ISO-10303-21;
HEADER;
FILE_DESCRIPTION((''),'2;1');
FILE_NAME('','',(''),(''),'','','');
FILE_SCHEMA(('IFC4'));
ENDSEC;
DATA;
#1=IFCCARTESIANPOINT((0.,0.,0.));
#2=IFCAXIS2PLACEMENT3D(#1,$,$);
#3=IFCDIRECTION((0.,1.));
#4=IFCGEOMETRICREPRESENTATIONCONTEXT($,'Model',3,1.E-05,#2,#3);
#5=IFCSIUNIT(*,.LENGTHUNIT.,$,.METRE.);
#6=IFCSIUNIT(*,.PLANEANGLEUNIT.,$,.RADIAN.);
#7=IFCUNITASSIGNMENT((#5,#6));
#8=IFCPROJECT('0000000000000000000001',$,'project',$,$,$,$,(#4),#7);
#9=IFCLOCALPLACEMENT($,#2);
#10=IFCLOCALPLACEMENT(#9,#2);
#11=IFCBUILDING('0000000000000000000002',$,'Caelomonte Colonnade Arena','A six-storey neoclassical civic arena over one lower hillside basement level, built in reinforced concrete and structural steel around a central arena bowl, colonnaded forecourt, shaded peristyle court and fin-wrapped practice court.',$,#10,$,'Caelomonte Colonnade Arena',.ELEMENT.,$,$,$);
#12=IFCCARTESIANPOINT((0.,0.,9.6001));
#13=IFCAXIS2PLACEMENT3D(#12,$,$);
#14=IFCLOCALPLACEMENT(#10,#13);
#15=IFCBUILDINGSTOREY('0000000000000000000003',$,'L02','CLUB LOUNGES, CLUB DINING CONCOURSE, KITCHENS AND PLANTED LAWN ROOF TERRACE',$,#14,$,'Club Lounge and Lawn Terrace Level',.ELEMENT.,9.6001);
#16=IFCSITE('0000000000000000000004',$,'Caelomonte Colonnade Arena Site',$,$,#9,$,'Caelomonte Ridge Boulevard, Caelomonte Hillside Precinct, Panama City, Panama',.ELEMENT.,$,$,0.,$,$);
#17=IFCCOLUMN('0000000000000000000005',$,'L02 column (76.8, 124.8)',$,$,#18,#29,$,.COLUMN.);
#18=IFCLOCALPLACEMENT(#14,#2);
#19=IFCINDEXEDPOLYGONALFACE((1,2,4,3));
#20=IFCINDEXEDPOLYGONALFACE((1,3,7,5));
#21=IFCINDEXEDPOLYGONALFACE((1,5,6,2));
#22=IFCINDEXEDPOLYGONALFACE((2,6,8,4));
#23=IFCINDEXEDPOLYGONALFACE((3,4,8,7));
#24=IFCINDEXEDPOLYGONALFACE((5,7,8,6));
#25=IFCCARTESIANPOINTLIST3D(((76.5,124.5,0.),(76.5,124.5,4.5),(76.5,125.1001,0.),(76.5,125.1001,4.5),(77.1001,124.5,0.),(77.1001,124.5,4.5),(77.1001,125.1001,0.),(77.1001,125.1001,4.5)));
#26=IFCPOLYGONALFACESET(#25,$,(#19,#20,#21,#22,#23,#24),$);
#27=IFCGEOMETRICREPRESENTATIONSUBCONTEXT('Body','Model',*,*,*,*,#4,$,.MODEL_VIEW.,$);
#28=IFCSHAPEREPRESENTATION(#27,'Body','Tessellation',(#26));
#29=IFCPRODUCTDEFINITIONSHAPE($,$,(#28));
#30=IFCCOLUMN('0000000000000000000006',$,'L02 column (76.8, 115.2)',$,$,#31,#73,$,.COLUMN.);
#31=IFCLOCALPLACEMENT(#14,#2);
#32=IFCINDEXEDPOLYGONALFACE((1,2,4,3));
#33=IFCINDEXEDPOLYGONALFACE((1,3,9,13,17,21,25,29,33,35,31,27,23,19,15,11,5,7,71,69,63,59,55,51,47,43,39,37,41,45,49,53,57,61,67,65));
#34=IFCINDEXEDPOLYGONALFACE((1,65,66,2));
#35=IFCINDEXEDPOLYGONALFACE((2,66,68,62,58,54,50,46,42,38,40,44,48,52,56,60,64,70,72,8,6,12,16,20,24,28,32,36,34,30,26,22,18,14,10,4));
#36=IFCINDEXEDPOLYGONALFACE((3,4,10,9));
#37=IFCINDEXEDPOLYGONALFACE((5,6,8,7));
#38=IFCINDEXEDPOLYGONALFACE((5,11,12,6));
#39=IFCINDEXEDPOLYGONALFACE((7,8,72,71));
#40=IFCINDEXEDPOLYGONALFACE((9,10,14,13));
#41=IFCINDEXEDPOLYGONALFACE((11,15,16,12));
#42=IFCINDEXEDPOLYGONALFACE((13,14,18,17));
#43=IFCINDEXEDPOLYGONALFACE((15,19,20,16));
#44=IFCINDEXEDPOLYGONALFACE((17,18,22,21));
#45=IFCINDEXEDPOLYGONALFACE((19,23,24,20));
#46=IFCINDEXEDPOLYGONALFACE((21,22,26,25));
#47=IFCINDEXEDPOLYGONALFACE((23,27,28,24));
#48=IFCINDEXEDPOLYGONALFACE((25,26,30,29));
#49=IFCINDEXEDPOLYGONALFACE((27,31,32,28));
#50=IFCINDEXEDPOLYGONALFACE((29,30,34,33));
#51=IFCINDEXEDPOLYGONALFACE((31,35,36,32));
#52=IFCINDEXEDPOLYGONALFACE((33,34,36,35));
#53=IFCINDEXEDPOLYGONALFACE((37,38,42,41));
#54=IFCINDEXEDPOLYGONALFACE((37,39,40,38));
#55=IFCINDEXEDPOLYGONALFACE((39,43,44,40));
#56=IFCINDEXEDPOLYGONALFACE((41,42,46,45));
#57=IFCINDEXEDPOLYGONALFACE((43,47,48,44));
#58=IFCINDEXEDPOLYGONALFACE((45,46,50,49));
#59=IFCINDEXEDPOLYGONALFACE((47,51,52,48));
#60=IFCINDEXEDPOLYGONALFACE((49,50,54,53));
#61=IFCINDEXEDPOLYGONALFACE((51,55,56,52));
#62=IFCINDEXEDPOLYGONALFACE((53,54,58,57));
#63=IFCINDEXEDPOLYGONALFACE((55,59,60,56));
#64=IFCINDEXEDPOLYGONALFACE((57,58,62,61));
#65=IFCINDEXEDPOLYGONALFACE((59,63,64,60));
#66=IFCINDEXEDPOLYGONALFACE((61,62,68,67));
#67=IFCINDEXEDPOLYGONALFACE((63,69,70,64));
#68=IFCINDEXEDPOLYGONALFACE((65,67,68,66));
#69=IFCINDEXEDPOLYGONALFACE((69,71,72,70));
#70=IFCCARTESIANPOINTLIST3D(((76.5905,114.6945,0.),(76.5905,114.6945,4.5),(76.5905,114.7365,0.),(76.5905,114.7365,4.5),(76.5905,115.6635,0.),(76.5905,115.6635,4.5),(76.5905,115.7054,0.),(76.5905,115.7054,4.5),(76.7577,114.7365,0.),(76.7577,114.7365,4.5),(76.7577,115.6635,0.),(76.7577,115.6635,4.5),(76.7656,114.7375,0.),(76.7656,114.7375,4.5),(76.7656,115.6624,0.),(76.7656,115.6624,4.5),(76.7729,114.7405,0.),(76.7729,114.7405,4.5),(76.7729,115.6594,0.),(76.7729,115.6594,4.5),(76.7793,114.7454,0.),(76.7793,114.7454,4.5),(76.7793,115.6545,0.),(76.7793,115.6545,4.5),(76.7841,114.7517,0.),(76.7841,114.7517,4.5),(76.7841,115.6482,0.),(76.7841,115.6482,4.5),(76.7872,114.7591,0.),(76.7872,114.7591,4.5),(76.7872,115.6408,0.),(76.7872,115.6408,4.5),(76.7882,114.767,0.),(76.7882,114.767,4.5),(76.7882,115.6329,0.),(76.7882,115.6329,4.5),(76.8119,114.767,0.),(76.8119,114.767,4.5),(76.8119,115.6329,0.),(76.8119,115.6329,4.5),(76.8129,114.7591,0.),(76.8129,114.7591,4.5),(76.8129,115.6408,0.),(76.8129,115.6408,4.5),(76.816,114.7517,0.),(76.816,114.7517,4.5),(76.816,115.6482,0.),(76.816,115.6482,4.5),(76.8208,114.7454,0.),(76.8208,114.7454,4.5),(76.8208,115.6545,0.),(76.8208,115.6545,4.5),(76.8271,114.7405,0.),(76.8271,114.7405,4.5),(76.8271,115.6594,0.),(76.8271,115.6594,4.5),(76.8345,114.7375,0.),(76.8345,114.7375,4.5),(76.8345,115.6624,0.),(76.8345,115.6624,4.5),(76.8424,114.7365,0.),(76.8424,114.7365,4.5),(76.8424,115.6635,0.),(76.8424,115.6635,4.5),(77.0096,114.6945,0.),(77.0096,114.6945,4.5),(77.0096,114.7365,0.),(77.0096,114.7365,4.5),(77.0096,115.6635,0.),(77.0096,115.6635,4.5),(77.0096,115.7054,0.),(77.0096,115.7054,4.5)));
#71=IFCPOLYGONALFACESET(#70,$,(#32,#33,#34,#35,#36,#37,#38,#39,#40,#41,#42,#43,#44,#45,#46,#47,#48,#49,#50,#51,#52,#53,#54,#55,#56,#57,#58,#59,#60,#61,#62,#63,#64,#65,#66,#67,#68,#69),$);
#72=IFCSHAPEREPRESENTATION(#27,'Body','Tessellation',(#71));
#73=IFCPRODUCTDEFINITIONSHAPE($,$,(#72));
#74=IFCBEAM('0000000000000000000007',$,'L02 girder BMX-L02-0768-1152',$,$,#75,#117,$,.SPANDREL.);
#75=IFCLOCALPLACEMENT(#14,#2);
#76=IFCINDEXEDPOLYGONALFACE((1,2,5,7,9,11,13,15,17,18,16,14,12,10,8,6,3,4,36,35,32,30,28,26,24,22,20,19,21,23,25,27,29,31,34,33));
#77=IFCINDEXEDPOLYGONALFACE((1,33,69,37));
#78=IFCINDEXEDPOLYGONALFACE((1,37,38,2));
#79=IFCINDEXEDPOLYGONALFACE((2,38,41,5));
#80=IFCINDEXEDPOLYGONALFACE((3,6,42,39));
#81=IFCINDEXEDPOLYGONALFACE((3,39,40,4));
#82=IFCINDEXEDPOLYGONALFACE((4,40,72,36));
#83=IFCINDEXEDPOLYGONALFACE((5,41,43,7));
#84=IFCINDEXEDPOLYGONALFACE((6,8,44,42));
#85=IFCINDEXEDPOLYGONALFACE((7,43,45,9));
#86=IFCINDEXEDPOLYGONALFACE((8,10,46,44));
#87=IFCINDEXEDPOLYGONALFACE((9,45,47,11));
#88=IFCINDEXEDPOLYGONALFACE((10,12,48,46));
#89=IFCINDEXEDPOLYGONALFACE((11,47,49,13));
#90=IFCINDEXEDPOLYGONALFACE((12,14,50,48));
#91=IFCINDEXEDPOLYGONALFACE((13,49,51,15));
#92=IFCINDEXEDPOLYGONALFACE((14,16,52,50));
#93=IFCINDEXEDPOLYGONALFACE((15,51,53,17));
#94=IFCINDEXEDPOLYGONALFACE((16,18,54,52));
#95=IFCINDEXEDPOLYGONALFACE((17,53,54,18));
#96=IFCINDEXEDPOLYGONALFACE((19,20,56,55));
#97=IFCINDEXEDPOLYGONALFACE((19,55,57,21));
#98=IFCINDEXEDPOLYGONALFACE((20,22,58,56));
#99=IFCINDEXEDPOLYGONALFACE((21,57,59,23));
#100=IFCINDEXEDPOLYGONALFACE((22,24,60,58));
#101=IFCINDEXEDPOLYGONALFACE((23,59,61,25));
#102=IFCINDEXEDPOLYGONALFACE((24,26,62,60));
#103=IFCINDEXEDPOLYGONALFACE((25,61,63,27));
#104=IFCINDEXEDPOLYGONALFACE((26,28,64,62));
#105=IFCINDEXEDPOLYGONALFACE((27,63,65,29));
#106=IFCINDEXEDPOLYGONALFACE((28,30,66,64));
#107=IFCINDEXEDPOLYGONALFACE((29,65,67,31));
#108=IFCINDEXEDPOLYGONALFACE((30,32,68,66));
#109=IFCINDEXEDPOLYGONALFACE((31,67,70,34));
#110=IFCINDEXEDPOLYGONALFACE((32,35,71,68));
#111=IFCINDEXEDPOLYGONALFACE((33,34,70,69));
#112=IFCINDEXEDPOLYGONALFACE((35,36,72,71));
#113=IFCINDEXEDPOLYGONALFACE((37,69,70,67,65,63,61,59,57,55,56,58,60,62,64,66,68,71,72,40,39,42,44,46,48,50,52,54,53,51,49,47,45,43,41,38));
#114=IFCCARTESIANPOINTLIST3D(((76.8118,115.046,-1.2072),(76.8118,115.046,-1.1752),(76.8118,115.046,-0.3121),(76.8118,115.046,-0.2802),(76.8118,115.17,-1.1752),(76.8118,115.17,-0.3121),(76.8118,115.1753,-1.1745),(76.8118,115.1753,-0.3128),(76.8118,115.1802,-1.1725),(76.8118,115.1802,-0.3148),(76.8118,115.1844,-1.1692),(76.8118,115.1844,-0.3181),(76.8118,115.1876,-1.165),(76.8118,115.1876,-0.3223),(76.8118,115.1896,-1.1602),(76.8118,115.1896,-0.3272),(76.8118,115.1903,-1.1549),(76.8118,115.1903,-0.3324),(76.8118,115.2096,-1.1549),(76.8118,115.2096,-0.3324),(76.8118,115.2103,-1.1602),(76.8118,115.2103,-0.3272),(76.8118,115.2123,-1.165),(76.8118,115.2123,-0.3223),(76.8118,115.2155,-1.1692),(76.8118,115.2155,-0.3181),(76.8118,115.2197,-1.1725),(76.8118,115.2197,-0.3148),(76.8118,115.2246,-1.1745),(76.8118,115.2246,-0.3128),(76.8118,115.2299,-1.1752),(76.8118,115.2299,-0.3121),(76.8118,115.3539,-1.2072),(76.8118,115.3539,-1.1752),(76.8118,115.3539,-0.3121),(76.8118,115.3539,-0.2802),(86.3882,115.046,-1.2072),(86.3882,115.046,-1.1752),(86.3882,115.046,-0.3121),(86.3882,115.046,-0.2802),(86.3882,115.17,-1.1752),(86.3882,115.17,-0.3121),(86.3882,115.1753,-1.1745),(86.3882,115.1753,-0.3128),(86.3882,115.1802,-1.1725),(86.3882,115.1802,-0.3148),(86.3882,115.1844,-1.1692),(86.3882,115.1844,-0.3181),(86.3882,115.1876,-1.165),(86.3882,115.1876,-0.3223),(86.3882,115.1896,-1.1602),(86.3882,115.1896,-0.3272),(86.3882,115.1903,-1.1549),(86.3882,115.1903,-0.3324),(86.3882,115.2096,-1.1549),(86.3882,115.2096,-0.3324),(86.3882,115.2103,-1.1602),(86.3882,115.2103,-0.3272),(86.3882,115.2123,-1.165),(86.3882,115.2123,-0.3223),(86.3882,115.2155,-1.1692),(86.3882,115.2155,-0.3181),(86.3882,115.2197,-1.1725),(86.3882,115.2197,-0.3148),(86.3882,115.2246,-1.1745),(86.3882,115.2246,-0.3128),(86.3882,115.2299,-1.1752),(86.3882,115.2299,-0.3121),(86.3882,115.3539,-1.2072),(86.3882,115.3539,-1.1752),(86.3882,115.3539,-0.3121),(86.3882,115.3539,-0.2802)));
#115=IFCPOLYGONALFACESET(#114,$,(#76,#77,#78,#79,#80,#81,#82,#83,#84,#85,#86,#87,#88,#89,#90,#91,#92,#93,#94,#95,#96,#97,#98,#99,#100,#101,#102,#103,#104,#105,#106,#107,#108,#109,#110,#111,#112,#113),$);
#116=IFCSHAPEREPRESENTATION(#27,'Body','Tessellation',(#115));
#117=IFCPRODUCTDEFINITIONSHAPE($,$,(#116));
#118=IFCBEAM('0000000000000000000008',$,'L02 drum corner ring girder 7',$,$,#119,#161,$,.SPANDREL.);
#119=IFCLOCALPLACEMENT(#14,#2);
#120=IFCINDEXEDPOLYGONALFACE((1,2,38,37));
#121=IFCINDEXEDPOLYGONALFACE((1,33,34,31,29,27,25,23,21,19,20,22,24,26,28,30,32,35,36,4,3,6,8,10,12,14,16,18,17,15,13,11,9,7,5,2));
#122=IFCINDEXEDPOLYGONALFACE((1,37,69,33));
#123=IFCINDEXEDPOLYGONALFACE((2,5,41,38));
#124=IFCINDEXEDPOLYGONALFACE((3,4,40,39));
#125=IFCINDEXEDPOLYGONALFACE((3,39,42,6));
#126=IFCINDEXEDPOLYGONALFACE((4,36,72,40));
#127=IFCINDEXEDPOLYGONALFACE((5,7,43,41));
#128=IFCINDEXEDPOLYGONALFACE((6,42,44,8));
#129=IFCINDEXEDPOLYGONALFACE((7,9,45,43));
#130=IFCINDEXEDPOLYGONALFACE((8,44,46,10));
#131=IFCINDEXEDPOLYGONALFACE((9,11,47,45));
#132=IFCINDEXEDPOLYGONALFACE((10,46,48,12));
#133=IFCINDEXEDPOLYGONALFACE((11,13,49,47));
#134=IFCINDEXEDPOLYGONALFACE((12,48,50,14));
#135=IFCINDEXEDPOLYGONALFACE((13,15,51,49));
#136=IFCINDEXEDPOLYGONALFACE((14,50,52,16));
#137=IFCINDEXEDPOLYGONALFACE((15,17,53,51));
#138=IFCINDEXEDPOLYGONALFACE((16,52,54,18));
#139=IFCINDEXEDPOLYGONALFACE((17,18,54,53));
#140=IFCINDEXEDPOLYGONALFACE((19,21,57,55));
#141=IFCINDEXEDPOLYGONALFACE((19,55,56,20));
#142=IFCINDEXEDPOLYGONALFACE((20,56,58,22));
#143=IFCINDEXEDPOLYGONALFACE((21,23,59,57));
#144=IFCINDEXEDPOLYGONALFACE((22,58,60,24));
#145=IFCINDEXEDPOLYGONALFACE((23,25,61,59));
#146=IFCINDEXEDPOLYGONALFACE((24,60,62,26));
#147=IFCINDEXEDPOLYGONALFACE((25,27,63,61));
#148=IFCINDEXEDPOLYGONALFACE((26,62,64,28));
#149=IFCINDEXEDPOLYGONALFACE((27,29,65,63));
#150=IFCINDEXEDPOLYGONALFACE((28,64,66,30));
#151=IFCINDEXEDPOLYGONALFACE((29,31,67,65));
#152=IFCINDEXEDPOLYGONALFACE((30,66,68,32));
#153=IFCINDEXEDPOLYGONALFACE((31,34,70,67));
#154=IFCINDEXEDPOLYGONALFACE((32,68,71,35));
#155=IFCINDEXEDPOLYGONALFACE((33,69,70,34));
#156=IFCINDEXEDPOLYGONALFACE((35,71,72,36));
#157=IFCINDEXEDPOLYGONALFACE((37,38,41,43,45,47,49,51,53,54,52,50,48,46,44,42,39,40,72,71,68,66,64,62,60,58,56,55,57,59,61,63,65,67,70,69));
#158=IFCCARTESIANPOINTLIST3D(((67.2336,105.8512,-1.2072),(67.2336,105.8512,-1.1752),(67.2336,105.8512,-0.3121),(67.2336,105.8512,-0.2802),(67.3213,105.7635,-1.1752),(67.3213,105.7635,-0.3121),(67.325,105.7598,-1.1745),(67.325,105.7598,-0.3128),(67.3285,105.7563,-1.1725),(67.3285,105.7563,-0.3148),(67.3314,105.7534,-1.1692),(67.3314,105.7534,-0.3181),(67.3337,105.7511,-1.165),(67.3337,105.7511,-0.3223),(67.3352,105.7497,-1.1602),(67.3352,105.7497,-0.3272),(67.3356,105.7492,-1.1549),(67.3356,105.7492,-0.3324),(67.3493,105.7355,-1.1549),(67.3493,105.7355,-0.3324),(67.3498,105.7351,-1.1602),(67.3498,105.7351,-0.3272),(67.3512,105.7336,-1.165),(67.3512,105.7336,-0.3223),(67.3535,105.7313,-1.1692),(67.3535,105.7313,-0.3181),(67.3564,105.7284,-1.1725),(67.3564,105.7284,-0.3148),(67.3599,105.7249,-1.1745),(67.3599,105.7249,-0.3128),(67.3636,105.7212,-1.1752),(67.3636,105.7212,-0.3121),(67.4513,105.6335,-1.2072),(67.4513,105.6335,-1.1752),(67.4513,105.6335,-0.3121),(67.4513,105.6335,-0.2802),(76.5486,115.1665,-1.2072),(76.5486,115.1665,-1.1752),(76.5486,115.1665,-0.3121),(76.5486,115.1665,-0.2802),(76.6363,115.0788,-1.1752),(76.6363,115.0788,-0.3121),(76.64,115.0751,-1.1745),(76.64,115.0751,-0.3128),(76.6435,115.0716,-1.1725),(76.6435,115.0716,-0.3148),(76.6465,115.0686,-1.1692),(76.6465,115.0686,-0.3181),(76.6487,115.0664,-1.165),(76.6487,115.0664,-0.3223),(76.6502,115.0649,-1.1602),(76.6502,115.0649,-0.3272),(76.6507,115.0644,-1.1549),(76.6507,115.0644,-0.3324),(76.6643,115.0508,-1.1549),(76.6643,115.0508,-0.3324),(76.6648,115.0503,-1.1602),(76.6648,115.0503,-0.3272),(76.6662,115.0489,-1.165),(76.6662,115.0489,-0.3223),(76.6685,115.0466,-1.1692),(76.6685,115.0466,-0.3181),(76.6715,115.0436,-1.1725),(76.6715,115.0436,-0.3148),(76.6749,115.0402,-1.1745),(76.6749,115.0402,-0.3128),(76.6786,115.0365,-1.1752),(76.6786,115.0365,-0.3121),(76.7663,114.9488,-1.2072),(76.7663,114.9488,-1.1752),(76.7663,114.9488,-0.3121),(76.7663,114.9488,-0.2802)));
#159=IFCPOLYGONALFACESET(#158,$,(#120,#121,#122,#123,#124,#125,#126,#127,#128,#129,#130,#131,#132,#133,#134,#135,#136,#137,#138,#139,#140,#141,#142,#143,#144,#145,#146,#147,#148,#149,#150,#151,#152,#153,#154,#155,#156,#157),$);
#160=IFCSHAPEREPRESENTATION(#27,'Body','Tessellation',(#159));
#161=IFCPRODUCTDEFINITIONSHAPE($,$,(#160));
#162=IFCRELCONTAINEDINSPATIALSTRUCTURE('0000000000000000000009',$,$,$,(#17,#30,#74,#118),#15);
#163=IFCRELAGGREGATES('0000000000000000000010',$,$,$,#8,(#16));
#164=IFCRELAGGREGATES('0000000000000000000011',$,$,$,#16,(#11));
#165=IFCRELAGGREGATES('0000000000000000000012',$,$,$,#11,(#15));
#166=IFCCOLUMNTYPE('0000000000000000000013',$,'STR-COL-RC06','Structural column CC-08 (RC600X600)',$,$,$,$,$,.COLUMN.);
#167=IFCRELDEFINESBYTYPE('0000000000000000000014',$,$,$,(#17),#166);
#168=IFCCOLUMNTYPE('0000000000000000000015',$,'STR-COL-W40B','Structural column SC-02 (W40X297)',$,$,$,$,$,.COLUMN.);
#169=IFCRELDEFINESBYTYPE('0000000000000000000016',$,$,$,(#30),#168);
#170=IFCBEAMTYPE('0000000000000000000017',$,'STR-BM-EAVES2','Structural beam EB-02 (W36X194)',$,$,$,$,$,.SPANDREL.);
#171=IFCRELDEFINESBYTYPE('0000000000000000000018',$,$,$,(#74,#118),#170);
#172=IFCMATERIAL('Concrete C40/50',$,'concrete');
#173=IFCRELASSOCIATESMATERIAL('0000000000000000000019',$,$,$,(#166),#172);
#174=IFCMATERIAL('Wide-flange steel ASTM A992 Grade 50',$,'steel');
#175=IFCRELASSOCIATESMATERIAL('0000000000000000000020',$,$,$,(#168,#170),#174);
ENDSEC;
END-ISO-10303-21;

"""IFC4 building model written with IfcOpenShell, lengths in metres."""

from ifc_helpers import new_model, si_unit, direction, frame, origin, origin_2d, place, context, subcontext, project, spatial, rectangle, i_section, extrude, material, material_profile, profile_set, type_object, element, save


model = new_model("IFC4")

# Units and contexts
model_context = context("Model", 3, precision=1e-05, world=origin(), true_north=direction((0.0, 1.0)))
body_context = subcontext(model_context, "Body", "Model", "MODEL_VIEW")
ifc_project = project(units=[si_unit("LENGTHUNIT", "METRE"), si_unit("PLANEANGLEUNIT", "RADIAN")], contexts=[model_context])

# Site, building, storey
site_placement = place(None, origin())
site = spatial("IfcSite", under=ifc_project, at=site_placement, Name="Caelomonte Colonnade Arena Site", LongName="Caelomonte Ridge Boulevard, Caelomonte Hillside Precinct, Panama City, Panama", CompositionType="ELEMENT", RefElevation=0.0)
building_placement = place(site_placement, origin())
building = spatial("IfcBuilding", under=site, at=building_placement, Name="Caelomonte Colonnade Arena", Description="A six-storey neoclassical civic arena over one lower hillside basement level, built in reinforced concrete and structural steel around a central arena bowl, colonnaded forecourt, shaded peristyle court and fin-wrapped practice court.", LongName="Caelomonte Colonnade Arena", CompositionType="ELEMENT")
storey_placement = place(building_placement, frame((0.0, 0.0, 9.6001)))
storey = spatial("IfcBuildingStorey", under=building, at=storey_placement, Name="L02", Description="CLUB LOUNGES, CLUB DINING CONCOURSE, KITCHENS AND PLANTED LAWN ROOF TERRACE", LongName="Club Lounge and Lawn Terrace Level", CompositionType="ELEMENT", Elevation=9.6001)

# Columns
ifc_material_1 = material(Name="Concrete C40/50", Category="concrete")
ifc_material_profile_1 = material_profile(ifc_material_1, rectangle(XDim=0.6001, YDim=0.6001, at=origin_2d()), Name="RC600X600")
ifc_profile_set_1 = profile_set([ifc_material_profile_1], Name="Concrete C40/50")
column_type_1 = type_object("IfcColumnType", Name="STR-COL-RC06", Description="Structural column CC-08 (RC600X600)", PredefinedType="COLUMN", material=ifc_profile_set_1)
column_1_placement = place(storey_placement, frame((76.8, 124.8, 0.0), z_axis=(0.0, 0.0, 1.0), x_axis=(1.0, 0.0, 0.0)))
element("IfcColumn", 1, at=column_1_placement, inside=storey, type_object=column_type_1, Name="L02 column (76.8, 124.8)", PredefinedType="COLUMN", context=body_context, shape_type="SweptSolid", body=[
    extrude(rectangle(XDim=0.6001, YDim=0.6001, at=origin_2d()), origin(), (0.0, 0.0, 1.0), 4.5),
])
ifc_material_2 = material(Name="Wide-flange steel ASTM A992 Grade 50", Category="steel")
ifc_material_profile_2 = material_profile(ifc_material_2, i_section(OverallWidth=0.4192, OverallDepth=1.011, WebThickness=0.0237, FlangeThickness=0.042, FilletRadius=0.0305, at=origin_2d()), Name="W40X297")
ifc_profile_set_2 = profile_set([ifc_material_profile_2], Name="Wide-flange steel ASTM A992 Grade 50")
column_type_2 = type_object("IfcColumnType", Name="STR-COL-W40B", Description="Structural column SC-02 (W40X297)", PredefinedType="COLUMN", material=ifc_profile_set_2)
column_2_placement = place(storey_placement, frame((76.8, 115.2, 0.0), z_axis=(0.0, 0.0, 1.0), x_axis=(1.0, 0.0, 0.0)))
element("IfcColumn", 2, at=column_2_placement, inside=storey, type_object=column_type_2, Name="L02 column (76.8, 115.2)", PredefinedType="COLUMN", context=body_context, shape_type="SweptSolid", body=[
    extrude(i_section(OverallWidth=0.4192, OverallDepth=1.011, WebThickness=0.0237, FlangeThickness=0.042, FilletRadius=0.0305, at=origin_2d()), origin(), (0.0, 0.0, 1.0), 4.5),
])

# Beams
ifc_material_profile_3 = material_profile(ifc_material_2, i_section(OverallWidth=0.3079, OverallDepth=0.927, WebThickness=0.0193, FlangeThickness=0.032, FilletRadius=0.0203, at=origin_2d()), Name="W36X194")
ifc_profile_set_3 = profile_set([ifc_material_profile_3], Name="Wide-flange steel ASTM A992 Grade 50")
beam_type_1 = type_object("IfcBeamType", Name="STR-BM-EAVES2", Description="Structural beam EB-02 (W36X194)", PredefinedType="SPANDREL", material=ifc_profile_set_3)
beam_1_placement = place(storey_placement, frame((76.8118, 115.2, -0.7437), z_axis=(1.0, 0.0, 0.0), x_axis=(0.0, 1.0, 0.0)))
element("IfcBeam", 3, at=beam_1_placement, inside=storey, type_object=beam_type_1, Name="L02 girder BMX-L02-0768-1152", PredefinedType="SPANDREL", context=body_context, shape_type="SweptSolid", body=[
    extrude(i_section(OverallWidth=0.3079, OverallDepth=0.927, WebThickness=0.0193, FlangeThickness=0.032, FilletRadius=0.0203, at=origin_2d()), origin(), (0.0, 0.0, 1.0), 9.5764),
])
beam_2_placement = place(storey_placement, frame((76.6575, 115.0576, -0.7437), z_axis=(-0.707098, -0.707116, 0.0), x_axis=(0.707116, -0.707098, 0.0)))
element("IfcBeam", 4, at=beam_2_placement, inside=storey, type_object=beam_type_1, Name="L02 drum corner ring girder 7", PredefinedType="SPANDREL", context=body_context, shape_type="SweptSolid", body=[
    extrude(i_section(OverallWidth=0.3079, OverallDepth=0.927, WebThickness=0.0193, FlangeThickness=0.032, FilletRadius=0.0203, at=origin_2d()), origin(), (0.0, 0.0, 1.0), 13.1736),
])

save(model, "model.ifc")
